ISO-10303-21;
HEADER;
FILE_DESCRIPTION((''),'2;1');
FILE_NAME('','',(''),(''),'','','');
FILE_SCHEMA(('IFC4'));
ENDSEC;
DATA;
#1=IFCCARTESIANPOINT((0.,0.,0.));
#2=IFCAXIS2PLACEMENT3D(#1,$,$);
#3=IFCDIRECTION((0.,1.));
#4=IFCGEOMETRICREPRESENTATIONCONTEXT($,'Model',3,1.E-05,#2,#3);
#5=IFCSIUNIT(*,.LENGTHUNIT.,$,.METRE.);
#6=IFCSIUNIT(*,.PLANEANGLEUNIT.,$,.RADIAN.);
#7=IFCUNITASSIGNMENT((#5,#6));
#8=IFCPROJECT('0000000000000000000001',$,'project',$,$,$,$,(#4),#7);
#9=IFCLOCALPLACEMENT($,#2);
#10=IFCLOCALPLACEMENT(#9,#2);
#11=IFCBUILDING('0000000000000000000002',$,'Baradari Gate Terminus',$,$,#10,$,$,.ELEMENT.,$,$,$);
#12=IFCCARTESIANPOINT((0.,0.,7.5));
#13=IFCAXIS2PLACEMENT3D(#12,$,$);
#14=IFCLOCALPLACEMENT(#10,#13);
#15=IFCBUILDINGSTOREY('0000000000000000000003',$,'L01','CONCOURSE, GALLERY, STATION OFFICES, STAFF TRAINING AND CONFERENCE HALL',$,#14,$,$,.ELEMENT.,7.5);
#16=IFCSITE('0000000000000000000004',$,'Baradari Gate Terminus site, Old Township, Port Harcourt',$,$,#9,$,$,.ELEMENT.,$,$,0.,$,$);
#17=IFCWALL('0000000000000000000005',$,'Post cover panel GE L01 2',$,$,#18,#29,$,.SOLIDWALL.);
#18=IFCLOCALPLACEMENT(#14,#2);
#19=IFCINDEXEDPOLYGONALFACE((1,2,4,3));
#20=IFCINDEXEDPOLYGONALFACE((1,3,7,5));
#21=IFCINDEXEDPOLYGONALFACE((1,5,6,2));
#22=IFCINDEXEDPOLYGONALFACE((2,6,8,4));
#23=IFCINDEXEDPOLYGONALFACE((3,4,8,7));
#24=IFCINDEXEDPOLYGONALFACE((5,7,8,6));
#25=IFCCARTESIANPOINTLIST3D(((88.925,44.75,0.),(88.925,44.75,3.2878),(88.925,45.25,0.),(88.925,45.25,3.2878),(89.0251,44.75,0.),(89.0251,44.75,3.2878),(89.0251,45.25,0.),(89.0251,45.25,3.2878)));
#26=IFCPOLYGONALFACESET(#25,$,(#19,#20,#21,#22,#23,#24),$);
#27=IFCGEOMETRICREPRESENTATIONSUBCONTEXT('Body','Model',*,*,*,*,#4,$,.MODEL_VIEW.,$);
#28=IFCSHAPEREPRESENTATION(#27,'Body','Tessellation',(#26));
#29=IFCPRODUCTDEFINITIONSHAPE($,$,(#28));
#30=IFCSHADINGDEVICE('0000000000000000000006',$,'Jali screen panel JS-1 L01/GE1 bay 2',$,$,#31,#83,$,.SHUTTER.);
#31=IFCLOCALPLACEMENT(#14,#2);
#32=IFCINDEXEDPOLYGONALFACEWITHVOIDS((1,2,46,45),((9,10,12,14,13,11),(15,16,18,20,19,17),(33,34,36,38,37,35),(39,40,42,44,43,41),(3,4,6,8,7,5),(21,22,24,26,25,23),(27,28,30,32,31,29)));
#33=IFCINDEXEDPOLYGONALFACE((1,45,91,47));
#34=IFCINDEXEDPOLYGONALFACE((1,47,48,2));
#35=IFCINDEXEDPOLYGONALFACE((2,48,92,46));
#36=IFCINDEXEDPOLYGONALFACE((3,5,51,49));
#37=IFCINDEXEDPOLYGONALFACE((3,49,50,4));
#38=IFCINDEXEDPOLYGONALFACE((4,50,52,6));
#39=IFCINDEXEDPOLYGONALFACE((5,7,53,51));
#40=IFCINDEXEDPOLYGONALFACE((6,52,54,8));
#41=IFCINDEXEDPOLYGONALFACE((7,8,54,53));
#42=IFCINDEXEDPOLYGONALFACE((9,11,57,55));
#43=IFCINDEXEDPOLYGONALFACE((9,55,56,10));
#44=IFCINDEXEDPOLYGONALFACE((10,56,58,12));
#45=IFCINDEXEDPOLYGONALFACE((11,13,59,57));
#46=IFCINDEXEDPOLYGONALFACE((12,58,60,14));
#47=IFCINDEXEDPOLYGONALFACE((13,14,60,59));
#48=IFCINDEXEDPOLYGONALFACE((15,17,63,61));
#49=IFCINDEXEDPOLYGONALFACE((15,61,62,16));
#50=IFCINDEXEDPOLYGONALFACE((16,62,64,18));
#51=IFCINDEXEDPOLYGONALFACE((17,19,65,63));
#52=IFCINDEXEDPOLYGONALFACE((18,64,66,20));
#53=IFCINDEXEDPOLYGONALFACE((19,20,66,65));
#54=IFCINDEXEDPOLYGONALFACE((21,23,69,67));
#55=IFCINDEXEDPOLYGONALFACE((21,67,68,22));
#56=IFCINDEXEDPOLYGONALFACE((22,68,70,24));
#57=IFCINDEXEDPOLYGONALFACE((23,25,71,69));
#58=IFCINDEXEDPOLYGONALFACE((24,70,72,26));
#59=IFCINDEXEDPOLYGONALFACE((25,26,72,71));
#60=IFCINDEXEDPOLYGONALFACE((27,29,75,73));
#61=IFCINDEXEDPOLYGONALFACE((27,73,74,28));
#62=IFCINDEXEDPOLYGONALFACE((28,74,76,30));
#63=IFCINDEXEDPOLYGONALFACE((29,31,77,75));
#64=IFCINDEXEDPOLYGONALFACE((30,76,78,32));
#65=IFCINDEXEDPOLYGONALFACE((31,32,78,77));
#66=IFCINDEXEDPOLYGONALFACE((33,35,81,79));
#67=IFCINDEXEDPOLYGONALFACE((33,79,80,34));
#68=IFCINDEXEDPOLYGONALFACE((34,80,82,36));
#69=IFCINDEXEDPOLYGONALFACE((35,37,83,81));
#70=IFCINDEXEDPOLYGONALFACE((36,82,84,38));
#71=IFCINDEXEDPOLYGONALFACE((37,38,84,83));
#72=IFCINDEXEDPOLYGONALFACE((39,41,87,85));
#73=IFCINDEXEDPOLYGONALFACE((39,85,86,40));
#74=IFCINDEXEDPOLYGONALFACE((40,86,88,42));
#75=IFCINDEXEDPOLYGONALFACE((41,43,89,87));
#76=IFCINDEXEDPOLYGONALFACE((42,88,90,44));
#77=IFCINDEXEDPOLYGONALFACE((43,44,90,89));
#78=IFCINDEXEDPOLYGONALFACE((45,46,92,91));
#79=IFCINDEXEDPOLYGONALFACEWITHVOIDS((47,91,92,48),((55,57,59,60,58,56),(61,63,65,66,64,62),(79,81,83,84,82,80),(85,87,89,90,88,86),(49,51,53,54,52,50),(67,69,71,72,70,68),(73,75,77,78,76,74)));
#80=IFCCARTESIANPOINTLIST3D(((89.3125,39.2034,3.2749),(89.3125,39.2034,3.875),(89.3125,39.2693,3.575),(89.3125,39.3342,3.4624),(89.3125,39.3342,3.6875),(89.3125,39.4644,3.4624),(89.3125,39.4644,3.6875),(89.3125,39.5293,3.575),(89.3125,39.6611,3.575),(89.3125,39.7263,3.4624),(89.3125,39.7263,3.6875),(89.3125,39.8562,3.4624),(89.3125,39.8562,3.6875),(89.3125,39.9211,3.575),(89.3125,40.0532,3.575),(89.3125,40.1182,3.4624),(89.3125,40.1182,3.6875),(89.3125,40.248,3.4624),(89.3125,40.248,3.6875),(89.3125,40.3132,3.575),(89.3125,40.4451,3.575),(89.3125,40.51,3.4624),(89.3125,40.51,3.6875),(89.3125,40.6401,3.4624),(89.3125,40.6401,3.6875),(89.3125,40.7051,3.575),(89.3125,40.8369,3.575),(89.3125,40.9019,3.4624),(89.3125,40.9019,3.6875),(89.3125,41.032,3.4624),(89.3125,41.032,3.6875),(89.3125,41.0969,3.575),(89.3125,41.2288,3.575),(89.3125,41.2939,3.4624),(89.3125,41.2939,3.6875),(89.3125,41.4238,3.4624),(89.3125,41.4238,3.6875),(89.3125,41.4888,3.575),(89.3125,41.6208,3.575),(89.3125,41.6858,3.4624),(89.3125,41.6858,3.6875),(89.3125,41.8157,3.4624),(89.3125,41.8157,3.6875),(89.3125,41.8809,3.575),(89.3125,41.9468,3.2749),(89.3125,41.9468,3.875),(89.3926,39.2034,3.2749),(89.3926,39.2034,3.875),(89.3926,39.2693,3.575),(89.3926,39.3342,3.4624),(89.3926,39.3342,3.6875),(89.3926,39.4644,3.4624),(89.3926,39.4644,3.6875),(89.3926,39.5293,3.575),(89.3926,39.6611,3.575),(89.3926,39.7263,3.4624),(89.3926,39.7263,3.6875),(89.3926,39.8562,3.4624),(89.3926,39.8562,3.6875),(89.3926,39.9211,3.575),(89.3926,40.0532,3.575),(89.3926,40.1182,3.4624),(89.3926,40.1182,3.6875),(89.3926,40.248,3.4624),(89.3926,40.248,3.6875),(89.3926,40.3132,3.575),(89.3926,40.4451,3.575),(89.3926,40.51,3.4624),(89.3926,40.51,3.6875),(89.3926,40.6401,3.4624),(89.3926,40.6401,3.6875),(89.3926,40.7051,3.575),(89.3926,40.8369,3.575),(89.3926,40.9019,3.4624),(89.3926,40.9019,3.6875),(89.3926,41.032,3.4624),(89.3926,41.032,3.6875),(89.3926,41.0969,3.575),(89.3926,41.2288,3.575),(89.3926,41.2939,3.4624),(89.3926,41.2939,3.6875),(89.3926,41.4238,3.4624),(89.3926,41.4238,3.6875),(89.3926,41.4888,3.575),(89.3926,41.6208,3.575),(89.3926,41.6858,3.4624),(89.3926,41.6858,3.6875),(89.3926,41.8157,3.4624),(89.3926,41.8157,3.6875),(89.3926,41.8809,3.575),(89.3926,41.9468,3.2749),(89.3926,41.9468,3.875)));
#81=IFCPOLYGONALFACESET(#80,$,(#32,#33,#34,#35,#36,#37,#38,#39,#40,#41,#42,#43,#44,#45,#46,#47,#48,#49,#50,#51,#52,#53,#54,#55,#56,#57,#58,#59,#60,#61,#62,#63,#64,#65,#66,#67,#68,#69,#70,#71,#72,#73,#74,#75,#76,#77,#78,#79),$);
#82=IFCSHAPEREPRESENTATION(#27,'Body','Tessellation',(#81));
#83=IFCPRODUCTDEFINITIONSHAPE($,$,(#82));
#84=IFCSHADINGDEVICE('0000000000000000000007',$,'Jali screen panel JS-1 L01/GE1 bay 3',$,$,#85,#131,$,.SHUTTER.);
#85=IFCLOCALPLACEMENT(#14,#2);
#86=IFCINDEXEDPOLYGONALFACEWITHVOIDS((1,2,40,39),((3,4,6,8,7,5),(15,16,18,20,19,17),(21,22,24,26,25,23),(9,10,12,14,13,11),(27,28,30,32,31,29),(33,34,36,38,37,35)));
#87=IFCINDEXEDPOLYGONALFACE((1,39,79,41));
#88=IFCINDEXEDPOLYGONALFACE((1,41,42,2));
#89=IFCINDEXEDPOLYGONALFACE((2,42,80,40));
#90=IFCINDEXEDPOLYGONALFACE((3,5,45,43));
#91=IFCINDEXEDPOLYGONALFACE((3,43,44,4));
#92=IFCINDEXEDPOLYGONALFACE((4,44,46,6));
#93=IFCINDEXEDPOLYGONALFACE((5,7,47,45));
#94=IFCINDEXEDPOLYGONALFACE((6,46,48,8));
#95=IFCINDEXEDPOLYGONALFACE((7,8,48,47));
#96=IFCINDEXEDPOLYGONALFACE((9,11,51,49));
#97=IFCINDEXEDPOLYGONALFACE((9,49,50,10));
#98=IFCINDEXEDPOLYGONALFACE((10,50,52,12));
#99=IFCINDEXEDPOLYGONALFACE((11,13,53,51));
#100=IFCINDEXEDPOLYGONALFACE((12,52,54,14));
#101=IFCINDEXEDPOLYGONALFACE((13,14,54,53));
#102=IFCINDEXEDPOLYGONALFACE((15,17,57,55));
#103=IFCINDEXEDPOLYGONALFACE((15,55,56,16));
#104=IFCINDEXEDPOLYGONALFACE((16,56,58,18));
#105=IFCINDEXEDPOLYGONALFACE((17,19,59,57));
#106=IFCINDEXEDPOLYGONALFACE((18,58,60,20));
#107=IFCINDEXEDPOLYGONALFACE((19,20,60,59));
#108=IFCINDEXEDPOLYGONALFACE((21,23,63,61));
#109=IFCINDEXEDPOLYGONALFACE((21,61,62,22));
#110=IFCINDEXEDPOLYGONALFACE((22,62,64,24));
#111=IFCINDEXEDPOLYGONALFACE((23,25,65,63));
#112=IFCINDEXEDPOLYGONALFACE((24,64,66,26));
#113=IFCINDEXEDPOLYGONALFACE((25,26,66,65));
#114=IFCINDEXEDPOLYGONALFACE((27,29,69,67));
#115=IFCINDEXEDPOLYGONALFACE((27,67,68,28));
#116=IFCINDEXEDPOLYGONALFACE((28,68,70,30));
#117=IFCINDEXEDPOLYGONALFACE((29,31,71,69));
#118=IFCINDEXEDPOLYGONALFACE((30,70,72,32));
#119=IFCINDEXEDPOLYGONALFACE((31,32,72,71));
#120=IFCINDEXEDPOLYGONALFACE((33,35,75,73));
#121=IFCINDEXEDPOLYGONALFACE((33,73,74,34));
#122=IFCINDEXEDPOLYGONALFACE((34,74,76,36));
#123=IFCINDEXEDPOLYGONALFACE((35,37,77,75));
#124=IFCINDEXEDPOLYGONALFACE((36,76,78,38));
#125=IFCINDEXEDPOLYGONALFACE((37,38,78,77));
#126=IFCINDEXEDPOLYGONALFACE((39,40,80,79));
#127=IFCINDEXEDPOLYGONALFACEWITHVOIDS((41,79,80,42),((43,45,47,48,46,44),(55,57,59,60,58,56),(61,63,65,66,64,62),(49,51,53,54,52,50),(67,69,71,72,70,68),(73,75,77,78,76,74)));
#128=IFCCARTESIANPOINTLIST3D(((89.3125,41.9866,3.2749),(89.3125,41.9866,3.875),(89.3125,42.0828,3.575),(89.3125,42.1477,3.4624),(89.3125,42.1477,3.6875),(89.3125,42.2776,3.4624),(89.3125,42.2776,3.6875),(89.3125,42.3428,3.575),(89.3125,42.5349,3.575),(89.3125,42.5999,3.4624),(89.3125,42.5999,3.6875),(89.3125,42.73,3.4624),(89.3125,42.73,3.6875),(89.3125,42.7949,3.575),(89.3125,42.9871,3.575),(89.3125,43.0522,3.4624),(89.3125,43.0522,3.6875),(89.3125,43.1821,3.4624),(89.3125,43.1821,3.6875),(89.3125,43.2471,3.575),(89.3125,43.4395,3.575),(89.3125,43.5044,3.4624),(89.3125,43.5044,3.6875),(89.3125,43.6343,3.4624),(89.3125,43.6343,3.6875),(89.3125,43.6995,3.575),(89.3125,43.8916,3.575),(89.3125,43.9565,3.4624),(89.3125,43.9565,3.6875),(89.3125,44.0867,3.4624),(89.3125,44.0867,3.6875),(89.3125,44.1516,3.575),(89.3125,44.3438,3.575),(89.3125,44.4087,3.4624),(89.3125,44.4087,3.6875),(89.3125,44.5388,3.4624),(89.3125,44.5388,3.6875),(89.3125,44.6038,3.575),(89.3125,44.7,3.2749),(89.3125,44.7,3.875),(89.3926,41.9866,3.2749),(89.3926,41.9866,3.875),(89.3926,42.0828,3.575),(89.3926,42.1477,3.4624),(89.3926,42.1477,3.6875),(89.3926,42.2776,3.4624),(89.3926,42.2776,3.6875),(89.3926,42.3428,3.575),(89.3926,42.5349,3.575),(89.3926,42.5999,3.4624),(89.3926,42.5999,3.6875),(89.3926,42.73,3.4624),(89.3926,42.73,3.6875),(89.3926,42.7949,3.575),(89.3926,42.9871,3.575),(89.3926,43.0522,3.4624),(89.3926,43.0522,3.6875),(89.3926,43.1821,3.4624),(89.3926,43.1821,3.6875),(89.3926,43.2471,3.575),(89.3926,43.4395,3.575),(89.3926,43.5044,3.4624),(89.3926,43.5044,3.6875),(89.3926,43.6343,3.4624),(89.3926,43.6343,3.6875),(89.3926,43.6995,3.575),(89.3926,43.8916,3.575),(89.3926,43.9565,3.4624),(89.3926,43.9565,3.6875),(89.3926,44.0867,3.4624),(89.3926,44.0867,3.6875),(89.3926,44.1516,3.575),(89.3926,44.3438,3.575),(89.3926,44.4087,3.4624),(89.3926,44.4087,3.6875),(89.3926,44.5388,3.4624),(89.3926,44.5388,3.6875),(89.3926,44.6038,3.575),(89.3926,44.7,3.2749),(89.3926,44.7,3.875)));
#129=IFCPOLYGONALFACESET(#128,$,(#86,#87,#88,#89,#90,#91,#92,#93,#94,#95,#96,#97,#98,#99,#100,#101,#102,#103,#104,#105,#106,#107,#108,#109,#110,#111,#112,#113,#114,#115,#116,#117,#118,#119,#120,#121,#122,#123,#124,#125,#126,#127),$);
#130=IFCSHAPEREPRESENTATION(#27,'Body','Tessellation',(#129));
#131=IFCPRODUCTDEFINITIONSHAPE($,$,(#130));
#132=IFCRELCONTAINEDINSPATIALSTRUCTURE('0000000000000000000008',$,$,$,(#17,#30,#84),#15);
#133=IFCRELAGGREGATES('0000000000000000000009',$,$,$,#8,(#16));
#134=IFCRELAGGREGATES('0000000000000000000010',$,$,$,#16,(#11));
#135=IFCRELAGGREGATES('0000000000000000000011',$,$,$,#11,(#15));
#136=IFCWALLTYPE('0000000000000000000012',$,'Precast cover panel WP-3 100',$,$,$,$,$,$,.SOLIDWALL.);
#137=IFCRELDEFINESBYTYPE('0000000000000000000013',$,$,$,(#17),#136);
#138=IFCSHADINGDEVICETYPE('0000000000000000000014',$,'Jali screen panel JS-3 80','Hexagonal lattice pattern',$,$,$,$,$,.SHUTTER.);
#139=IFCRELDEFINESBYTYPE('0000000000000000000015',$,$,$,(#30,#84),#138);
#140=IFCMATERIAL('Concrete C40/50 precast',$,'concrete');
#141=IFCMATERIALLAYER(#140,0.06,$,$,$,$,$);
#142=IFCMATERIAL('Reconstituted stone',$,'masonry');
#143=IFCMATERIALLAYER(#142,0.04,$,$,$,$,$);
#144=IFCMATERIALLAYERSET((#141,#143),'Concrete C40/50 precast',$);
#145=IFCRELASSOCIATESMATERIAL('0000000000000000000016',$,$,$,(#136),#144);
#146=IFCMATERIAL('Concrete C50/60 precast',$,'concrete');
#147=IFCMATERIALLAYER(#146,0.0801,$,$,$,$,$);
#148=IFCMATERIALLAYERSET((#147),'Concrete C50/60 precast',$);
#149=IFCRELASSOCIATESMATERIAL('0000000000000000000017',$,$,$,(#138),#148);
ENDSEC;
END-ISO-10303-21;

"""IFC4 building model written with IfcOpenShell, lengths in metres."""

from ifc_helpers import new_model, si_unit, direction, frame, frame_2d, origin, place, context, subcontext, project, spatial, polyline, rectangle, outline, extrude, material, layer, layer_set, type_object, element, save


model = new_model("IFC4")

# Units and contexts
model_context = context("Model", 3, precision=1e-05, world=origin(), true_north=direction((0.0, 1.0)))
body_context = subcontext(model_context, "Body", "Model", "MODEL_VIEW")
ifc_project = project(units=[si_unit("LENGTHUNIT", "METRE"), si_unit("PLANEANGLEUNIT", "RADIAN")], contexts=[model_context])

# Site, building, storey
site_placement = place(None, origin())
site = spatial("IfcSite", under=ifc_project, at=site_placement, Name="Baradari Gate Terminus site, Old Township, Port Harcourt", CompositionType="ELEMENT", RefElevation=0.0)
building_placement = place(site_placement, origin())
building = spatial("IfcBuilding", under=site, at=building_placement, Name="Baradari Gate Terminus", CompositionType="ELEMENT")
storey_placement = place(building_placement, frame((0.0, 0.0, 7.5)))
storey = spatial("IfcBuildingStorey", under=building, at=storey_placement, Name="L01", Description="CONCOURSE, GALLERY, STATION OFFICES, STAFF TRAINING AND CONFERENCE HALL", CompositionType="ELEMENT", Elevation=7.5)

# Wall
ifc_material_1 = material(Name="Concrete C40/50 precast", Category="concrete")
ifc_layer_1 = layer(ifc_material_1, 0.06)
ifc_material_2 = material(Name="Reconstituted stone", Category="masonry")
ifc_layer_2 = layer(ifc_material_2, 0.04)
ifc_layer_set_1 = layer_set([ifc_layer_1, ifc_layer_2], Name="Concrete C40/50 precast")
wall_type = type_object("IfcWallType", Name="Precast cover panel WP-3 100", PredefinedType="SOLIDWALL", material=ifc_layer_set_1)
wall_placement = place(storey_placement, frame((88.9751, 44.75, 0.0), z_axis=(0.0, 0.0, 1.0), x_axis=(0.0, 1.0, 0.0)))
element("IfcWall", 1, at=wall_placement, inside=storey, type_object=wall_type, Name="Post cover panel GE L01 2", PredefinedType="SOLIDWALL", context=body_context, shape_type="SweptSolid", body=[
    extrude(rectangle(XDim=0.5, YDim=0.1001, at=frame_2d((0.25, 0.0))), origin(), (0.0, 0.0, 1.0), 3.2878),
])

# Shading devices
ifc_material_3 = material(Name="Concrete C50/60 precast", Category="concrete")
ifc_layer_3 = layer(ifc_material_3, 0.0801)
ifc_layer_set_2 = layer_set([ifc_layer_3], Name="Concrete C50/60 precast")
shading_device_type = type_object("IfcShadingDeviceType", Name="Jali screen panel JS-3 80", Description="Hexagonal lattice pattern", PredefinedType="SHUTTER", material=ifc_layer_set_2)
shading_device_1_placement = place(storey_placement, frame((89.3525, 39.2034, 3.2749), z_axis=(0.0, 0.0, 1.0), x_axis=(0.0, 1.0, 0.0)))
element("IfcShadingDevice", 2, at=shading_device_1_placement, inside=storey, type_object=shading_device_type, Name="Jali screen panel JS-1 L01/GE1 bay 2", PredefinedType="SHUTTER", context=body_context, shape_type="SweptSolid", body=[
    extrude(outline(polyline([(0.0, 0.0), (2.7434, 0.0), (2.7434, 0.6001), (0.0, 0.6001), (0.0, 0.0)]), holes=[polyline([(0.3259, 0.3), (0.261, 0.1875), (0.1309, 0.1875), (0.0659, 0.3), (0.1309, 0.4126), (0.261, 0.4126), (0.3259, 0.3)]), polyline([(0.7178, 0.3), (0.6528, 0.1875), (0.5229, 0.1875), (0.4578, 0.3), (0.5229, 0.4126), (0.6528, 0.4126), (0.7178, 0.3)]), polyline([(1.1099, 0.3), (1.0447, 0.1875), (0.9148, 0.1875), (0.8499, 0.3), (0.9148, 0.4126), (1.0447, 0.4126), (1.1099, 0.3)]), polyline([(1.5017, 0.3), (1.4368, 0.1875), (1.3066, 0.1875), (1.2417, 0.3), (1.3066, 0.4126), (1.4368, 0.4126), (1.5017, 0.3)]), polyline([(1.8936, 0.3), (1.8286, 0.1875), (1.6985, 0.1875), (1.6335, 0.3), (1.6985, 0.4126), (1.8286, 0.4126), (1.8936, 0.3)]), polyline([(2.2854, 0.3), (2.2205, 0.1875), (2.0906, 0.1875), (2.0254, 0.3), (2.0906, 0.4126), (2.2205, 0.4126), (2.2854, 0.3)]), polyline([(2.6775, 0.3), (2.6123, 0.1875), (2.4824, 0.1875), (2.4175, 0.3), (2.4824, 0.4126), (2.6123, 0.4126), (2.6775, 0.3)])]), frame((0.0, 0.04, 0.0), z_axis=(0.0, -1.0, 0.0), x_axis=(1.0, 0.0, 0.0)), (0.0, 0.0, 1.0), 0.0801),
])
shading_device_2_placement = place(storey_placement, frame((89.3525, 41.9866, 3.2749), z_axis=(0.0, 0.0, 1.0), x_axis=(0.0, 1.0, 0.0)))
element("IfcShadingDevice", 3, at=shading_device_2_placement, inside=storey, type_object=shading_device_type, Name="Jali screen panel JS-1 L01/GE1 bay 3", PredefinedType="SHUTTER", context=body_context, shape_type="SweptSolid", body=[
    extrude(outline(polyline([(0.0, 0.0), (2.7134, 0.0), (2.7134, 0.6001), (0.0, 0.6001), (0.0, 0.0)]), holes=[polyline([(0.3562, 0.3), (0.291, 0.1875), (0.1611, 0.1875), (0.0962, 0.3), (0.1611, 0.4126), (0.291, 0.4126), (0.3562, 0.3)]), polyline([(0.8083, 0.3), (0.7434, 0.1875), (0.6133, 0.1875), (0.5483, 0.3), (0.6133, 0.4126), (0.7434, 0.4126), (0.8083, 0.3)]), polyline([(1.2605, 0.3), (1.1956, 0.1875), (1.0657, 0.1875), (1.0005, 0.3), (1.0657, 0.4126), (1.1956, 0.4126), (1.2605, 0.3)]), polyline([(1.7129, 0.3), (1.6477, 0.1875), (1.5178, 0.1875), (1.4529, 0.3), (1.5178, 0.4126), (1.6477, 0.4126), (1.7129, 0.3)]), polyline([(2.165, 0.3), (2.1001, 0.1875), (1.97, 0.1875), (1.905, 0.3), (1.97, 0.4126), (2.1001, 0.4126), (2.165, 0.3)]), polyline([(2.6172, 0.3), (2.5522, 0.1875), (2.4221, 0.1875), (2.3572, 0.3), (2.4221, 0.4126), (2.5522, 0.4126), (2.6172, 0.3)])]), frame((0.0, 0.04, 0.0), z_axis=(0.0, -1.0, 0.0), x_axis=(1.0, 0.0, 0.0)), (0.0, 0.0, 1.0), 0.0801),
])

save(model, "model.ifc")
